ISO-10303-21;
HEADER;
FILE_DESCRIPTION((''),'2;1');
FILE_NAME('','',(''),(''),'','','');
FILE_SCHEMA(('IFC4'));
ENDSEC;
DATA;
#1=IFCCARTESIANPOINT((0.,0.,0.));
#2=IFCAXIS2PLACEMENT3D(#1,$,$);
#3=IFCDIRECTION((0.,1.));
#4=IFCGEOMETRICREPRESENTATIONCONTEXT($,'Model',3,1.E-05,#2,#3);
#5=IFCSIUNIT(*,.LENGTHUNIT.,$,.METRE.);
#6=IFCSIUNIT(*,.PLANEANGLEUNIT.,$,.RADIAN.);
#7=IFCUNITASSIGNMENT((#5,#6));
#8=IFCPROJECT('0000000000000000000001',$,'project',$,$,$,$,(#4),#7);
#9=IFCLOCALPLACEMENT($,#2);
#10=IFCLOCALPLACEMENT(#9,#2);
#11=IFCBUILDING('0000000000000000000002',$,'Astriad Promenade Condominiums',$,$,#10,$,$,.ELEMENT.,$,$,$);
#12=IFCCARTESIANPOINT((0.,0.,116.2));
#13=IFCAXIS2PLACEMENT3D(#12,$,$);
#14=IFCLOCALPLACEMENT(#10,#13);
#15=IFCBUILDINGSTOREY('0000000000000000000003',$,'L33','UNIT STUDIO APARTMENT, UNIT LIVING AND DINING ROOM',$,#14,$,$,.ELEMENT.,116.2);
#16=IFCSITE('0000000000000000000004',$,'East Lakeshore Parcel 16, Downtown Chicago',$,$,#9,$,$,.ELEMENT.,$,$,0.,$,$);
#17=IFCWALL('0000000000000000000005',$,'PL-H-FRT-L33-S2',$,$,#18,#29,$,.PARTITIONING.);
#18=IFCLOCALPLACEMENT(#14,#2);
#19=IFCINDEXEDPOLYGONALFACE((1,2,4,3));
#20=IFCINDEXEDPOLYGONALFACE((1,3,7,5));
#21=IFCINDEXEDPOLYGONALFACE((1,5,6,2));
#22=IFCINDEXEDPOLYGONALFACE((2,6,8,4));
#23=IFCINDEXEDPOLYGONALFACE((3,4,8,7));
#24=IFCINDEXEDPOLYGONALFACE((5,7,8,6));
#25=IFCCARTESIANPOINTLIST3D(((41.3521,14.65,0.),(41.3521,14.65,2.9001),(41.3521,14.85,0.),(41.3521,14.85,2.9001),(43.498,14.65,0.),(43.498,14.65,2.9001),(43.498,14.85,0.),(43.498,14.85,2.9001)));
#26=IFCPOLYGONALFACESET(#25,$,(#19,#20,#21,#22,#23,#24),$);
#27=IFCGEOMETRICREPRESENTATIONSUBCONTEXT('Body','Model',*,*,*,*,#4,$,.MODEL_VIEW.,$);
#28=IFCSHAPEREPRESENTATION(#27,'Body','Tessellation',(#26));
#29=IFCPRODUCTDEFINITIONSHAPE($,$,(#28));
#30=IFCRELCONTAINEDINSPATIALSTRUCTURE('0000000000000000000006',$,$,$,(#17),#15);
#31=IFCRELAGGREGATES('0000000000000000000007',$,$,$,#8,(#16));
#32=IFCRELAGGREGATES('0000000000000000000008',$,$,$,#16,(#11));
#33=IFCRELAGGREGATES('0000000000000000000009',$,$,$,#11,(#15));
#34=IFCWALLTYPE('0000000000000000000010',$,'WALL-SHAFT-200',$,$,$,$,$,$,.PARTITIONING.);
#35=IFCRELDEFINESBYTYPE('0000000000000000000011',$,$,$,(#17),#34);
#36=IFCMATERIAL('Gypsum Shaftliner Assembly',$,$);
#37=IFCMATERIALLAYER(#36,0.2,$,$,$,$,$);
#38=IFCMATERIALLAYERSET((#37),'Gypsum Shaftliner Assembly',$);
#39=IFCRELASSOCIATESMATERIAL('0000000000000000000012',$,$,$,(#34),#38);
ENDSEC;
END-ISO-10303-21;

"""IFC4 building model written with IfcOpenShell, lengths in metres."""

from ifc_helpers import new_model, si_unit, direction, frame, frame_2d, origin, place, context, subcontext, project, spatial, rectangle, extrude, material, layer, layer_set, type_object, element, save


model = new_model("IFC4")

# Units and contexts
model_context = context("Model", 3, precision=1e-05, world=origin(), true_north=direction((0.0, 1.0)))
body_context = subcontext(model_context, "Body", "Model", "MODEL_VIEW")
ifc_project = project(units=[si_unit("LENGTHUNIT", "METRE"), si_unit("PLANEANGLEUNIT", "RADIAN")], contexts=[model_context])

# Site, building, storey
site_placement = place(None, origin())
site = spatial("IfcSite", under=ifc_project, at=site_placement, Name="East Lakeshore Parcel 16, Downtown Chicago", CompositionType="ELEMENT", RefElevation=0.0)
building_placement = place(site_placement, origin())
building = spatial("IfcBuilding", under=site, at=building_placement, Name="Astriad Promenade Condominiums", CompositionType="ELEMENT")
storey_placement = place(building_placement, frame((0.0, 0.0, 116.2)))
storey = spatial("IfcBuildingStorey", under=building, at=storey_placement, Name="L33", Description="UNIT STUDIO APARTMENT, UNIT LIVING AND DINING ROOM", CompositionType="ELEMENT", Elevation=116.2)

# Wall
ifc_material_1 = material(Name="Gypsum Shaftliner Assembly")
ifc_layer_1 = layer(ifc_material_1, 0.2)
ifc_layer_set_1 = layer_set([ifc_layer_1], Name="Gypsum Shaftliner Assembly")
wall_type_1 = type_object("IfcWallType", Name="WALL-SHAFT-200", PredefinedType="PARTITIONING", material=ifc_layer_set_1)
for number, where, z_axis, x_axis, name in (
    (1, (41.3521, 14.75, 0.0), (0.0, 0.0, 1.0), (1.0, 0.0, 0.0), "PL-H-FRT-L33-S2"),
):
    element("IfcWall", number, at=place(storey_placement, frame(where, z_axis=z_axis, x_axis=x_axis)), inside=storey, type_object=wall_type_1, Name=name, PredefinedType="PARTITIONING", context=body_context, shape_type="SweptSolid", body=[
        extrude(rectangle(XDim=2.146, YDim=0.2, at=frame_2d((1.073, 0.0))), origin(), (0.0, 0.0, 1.0), 2.9001),
    ])

save(model, "model.ifc")
